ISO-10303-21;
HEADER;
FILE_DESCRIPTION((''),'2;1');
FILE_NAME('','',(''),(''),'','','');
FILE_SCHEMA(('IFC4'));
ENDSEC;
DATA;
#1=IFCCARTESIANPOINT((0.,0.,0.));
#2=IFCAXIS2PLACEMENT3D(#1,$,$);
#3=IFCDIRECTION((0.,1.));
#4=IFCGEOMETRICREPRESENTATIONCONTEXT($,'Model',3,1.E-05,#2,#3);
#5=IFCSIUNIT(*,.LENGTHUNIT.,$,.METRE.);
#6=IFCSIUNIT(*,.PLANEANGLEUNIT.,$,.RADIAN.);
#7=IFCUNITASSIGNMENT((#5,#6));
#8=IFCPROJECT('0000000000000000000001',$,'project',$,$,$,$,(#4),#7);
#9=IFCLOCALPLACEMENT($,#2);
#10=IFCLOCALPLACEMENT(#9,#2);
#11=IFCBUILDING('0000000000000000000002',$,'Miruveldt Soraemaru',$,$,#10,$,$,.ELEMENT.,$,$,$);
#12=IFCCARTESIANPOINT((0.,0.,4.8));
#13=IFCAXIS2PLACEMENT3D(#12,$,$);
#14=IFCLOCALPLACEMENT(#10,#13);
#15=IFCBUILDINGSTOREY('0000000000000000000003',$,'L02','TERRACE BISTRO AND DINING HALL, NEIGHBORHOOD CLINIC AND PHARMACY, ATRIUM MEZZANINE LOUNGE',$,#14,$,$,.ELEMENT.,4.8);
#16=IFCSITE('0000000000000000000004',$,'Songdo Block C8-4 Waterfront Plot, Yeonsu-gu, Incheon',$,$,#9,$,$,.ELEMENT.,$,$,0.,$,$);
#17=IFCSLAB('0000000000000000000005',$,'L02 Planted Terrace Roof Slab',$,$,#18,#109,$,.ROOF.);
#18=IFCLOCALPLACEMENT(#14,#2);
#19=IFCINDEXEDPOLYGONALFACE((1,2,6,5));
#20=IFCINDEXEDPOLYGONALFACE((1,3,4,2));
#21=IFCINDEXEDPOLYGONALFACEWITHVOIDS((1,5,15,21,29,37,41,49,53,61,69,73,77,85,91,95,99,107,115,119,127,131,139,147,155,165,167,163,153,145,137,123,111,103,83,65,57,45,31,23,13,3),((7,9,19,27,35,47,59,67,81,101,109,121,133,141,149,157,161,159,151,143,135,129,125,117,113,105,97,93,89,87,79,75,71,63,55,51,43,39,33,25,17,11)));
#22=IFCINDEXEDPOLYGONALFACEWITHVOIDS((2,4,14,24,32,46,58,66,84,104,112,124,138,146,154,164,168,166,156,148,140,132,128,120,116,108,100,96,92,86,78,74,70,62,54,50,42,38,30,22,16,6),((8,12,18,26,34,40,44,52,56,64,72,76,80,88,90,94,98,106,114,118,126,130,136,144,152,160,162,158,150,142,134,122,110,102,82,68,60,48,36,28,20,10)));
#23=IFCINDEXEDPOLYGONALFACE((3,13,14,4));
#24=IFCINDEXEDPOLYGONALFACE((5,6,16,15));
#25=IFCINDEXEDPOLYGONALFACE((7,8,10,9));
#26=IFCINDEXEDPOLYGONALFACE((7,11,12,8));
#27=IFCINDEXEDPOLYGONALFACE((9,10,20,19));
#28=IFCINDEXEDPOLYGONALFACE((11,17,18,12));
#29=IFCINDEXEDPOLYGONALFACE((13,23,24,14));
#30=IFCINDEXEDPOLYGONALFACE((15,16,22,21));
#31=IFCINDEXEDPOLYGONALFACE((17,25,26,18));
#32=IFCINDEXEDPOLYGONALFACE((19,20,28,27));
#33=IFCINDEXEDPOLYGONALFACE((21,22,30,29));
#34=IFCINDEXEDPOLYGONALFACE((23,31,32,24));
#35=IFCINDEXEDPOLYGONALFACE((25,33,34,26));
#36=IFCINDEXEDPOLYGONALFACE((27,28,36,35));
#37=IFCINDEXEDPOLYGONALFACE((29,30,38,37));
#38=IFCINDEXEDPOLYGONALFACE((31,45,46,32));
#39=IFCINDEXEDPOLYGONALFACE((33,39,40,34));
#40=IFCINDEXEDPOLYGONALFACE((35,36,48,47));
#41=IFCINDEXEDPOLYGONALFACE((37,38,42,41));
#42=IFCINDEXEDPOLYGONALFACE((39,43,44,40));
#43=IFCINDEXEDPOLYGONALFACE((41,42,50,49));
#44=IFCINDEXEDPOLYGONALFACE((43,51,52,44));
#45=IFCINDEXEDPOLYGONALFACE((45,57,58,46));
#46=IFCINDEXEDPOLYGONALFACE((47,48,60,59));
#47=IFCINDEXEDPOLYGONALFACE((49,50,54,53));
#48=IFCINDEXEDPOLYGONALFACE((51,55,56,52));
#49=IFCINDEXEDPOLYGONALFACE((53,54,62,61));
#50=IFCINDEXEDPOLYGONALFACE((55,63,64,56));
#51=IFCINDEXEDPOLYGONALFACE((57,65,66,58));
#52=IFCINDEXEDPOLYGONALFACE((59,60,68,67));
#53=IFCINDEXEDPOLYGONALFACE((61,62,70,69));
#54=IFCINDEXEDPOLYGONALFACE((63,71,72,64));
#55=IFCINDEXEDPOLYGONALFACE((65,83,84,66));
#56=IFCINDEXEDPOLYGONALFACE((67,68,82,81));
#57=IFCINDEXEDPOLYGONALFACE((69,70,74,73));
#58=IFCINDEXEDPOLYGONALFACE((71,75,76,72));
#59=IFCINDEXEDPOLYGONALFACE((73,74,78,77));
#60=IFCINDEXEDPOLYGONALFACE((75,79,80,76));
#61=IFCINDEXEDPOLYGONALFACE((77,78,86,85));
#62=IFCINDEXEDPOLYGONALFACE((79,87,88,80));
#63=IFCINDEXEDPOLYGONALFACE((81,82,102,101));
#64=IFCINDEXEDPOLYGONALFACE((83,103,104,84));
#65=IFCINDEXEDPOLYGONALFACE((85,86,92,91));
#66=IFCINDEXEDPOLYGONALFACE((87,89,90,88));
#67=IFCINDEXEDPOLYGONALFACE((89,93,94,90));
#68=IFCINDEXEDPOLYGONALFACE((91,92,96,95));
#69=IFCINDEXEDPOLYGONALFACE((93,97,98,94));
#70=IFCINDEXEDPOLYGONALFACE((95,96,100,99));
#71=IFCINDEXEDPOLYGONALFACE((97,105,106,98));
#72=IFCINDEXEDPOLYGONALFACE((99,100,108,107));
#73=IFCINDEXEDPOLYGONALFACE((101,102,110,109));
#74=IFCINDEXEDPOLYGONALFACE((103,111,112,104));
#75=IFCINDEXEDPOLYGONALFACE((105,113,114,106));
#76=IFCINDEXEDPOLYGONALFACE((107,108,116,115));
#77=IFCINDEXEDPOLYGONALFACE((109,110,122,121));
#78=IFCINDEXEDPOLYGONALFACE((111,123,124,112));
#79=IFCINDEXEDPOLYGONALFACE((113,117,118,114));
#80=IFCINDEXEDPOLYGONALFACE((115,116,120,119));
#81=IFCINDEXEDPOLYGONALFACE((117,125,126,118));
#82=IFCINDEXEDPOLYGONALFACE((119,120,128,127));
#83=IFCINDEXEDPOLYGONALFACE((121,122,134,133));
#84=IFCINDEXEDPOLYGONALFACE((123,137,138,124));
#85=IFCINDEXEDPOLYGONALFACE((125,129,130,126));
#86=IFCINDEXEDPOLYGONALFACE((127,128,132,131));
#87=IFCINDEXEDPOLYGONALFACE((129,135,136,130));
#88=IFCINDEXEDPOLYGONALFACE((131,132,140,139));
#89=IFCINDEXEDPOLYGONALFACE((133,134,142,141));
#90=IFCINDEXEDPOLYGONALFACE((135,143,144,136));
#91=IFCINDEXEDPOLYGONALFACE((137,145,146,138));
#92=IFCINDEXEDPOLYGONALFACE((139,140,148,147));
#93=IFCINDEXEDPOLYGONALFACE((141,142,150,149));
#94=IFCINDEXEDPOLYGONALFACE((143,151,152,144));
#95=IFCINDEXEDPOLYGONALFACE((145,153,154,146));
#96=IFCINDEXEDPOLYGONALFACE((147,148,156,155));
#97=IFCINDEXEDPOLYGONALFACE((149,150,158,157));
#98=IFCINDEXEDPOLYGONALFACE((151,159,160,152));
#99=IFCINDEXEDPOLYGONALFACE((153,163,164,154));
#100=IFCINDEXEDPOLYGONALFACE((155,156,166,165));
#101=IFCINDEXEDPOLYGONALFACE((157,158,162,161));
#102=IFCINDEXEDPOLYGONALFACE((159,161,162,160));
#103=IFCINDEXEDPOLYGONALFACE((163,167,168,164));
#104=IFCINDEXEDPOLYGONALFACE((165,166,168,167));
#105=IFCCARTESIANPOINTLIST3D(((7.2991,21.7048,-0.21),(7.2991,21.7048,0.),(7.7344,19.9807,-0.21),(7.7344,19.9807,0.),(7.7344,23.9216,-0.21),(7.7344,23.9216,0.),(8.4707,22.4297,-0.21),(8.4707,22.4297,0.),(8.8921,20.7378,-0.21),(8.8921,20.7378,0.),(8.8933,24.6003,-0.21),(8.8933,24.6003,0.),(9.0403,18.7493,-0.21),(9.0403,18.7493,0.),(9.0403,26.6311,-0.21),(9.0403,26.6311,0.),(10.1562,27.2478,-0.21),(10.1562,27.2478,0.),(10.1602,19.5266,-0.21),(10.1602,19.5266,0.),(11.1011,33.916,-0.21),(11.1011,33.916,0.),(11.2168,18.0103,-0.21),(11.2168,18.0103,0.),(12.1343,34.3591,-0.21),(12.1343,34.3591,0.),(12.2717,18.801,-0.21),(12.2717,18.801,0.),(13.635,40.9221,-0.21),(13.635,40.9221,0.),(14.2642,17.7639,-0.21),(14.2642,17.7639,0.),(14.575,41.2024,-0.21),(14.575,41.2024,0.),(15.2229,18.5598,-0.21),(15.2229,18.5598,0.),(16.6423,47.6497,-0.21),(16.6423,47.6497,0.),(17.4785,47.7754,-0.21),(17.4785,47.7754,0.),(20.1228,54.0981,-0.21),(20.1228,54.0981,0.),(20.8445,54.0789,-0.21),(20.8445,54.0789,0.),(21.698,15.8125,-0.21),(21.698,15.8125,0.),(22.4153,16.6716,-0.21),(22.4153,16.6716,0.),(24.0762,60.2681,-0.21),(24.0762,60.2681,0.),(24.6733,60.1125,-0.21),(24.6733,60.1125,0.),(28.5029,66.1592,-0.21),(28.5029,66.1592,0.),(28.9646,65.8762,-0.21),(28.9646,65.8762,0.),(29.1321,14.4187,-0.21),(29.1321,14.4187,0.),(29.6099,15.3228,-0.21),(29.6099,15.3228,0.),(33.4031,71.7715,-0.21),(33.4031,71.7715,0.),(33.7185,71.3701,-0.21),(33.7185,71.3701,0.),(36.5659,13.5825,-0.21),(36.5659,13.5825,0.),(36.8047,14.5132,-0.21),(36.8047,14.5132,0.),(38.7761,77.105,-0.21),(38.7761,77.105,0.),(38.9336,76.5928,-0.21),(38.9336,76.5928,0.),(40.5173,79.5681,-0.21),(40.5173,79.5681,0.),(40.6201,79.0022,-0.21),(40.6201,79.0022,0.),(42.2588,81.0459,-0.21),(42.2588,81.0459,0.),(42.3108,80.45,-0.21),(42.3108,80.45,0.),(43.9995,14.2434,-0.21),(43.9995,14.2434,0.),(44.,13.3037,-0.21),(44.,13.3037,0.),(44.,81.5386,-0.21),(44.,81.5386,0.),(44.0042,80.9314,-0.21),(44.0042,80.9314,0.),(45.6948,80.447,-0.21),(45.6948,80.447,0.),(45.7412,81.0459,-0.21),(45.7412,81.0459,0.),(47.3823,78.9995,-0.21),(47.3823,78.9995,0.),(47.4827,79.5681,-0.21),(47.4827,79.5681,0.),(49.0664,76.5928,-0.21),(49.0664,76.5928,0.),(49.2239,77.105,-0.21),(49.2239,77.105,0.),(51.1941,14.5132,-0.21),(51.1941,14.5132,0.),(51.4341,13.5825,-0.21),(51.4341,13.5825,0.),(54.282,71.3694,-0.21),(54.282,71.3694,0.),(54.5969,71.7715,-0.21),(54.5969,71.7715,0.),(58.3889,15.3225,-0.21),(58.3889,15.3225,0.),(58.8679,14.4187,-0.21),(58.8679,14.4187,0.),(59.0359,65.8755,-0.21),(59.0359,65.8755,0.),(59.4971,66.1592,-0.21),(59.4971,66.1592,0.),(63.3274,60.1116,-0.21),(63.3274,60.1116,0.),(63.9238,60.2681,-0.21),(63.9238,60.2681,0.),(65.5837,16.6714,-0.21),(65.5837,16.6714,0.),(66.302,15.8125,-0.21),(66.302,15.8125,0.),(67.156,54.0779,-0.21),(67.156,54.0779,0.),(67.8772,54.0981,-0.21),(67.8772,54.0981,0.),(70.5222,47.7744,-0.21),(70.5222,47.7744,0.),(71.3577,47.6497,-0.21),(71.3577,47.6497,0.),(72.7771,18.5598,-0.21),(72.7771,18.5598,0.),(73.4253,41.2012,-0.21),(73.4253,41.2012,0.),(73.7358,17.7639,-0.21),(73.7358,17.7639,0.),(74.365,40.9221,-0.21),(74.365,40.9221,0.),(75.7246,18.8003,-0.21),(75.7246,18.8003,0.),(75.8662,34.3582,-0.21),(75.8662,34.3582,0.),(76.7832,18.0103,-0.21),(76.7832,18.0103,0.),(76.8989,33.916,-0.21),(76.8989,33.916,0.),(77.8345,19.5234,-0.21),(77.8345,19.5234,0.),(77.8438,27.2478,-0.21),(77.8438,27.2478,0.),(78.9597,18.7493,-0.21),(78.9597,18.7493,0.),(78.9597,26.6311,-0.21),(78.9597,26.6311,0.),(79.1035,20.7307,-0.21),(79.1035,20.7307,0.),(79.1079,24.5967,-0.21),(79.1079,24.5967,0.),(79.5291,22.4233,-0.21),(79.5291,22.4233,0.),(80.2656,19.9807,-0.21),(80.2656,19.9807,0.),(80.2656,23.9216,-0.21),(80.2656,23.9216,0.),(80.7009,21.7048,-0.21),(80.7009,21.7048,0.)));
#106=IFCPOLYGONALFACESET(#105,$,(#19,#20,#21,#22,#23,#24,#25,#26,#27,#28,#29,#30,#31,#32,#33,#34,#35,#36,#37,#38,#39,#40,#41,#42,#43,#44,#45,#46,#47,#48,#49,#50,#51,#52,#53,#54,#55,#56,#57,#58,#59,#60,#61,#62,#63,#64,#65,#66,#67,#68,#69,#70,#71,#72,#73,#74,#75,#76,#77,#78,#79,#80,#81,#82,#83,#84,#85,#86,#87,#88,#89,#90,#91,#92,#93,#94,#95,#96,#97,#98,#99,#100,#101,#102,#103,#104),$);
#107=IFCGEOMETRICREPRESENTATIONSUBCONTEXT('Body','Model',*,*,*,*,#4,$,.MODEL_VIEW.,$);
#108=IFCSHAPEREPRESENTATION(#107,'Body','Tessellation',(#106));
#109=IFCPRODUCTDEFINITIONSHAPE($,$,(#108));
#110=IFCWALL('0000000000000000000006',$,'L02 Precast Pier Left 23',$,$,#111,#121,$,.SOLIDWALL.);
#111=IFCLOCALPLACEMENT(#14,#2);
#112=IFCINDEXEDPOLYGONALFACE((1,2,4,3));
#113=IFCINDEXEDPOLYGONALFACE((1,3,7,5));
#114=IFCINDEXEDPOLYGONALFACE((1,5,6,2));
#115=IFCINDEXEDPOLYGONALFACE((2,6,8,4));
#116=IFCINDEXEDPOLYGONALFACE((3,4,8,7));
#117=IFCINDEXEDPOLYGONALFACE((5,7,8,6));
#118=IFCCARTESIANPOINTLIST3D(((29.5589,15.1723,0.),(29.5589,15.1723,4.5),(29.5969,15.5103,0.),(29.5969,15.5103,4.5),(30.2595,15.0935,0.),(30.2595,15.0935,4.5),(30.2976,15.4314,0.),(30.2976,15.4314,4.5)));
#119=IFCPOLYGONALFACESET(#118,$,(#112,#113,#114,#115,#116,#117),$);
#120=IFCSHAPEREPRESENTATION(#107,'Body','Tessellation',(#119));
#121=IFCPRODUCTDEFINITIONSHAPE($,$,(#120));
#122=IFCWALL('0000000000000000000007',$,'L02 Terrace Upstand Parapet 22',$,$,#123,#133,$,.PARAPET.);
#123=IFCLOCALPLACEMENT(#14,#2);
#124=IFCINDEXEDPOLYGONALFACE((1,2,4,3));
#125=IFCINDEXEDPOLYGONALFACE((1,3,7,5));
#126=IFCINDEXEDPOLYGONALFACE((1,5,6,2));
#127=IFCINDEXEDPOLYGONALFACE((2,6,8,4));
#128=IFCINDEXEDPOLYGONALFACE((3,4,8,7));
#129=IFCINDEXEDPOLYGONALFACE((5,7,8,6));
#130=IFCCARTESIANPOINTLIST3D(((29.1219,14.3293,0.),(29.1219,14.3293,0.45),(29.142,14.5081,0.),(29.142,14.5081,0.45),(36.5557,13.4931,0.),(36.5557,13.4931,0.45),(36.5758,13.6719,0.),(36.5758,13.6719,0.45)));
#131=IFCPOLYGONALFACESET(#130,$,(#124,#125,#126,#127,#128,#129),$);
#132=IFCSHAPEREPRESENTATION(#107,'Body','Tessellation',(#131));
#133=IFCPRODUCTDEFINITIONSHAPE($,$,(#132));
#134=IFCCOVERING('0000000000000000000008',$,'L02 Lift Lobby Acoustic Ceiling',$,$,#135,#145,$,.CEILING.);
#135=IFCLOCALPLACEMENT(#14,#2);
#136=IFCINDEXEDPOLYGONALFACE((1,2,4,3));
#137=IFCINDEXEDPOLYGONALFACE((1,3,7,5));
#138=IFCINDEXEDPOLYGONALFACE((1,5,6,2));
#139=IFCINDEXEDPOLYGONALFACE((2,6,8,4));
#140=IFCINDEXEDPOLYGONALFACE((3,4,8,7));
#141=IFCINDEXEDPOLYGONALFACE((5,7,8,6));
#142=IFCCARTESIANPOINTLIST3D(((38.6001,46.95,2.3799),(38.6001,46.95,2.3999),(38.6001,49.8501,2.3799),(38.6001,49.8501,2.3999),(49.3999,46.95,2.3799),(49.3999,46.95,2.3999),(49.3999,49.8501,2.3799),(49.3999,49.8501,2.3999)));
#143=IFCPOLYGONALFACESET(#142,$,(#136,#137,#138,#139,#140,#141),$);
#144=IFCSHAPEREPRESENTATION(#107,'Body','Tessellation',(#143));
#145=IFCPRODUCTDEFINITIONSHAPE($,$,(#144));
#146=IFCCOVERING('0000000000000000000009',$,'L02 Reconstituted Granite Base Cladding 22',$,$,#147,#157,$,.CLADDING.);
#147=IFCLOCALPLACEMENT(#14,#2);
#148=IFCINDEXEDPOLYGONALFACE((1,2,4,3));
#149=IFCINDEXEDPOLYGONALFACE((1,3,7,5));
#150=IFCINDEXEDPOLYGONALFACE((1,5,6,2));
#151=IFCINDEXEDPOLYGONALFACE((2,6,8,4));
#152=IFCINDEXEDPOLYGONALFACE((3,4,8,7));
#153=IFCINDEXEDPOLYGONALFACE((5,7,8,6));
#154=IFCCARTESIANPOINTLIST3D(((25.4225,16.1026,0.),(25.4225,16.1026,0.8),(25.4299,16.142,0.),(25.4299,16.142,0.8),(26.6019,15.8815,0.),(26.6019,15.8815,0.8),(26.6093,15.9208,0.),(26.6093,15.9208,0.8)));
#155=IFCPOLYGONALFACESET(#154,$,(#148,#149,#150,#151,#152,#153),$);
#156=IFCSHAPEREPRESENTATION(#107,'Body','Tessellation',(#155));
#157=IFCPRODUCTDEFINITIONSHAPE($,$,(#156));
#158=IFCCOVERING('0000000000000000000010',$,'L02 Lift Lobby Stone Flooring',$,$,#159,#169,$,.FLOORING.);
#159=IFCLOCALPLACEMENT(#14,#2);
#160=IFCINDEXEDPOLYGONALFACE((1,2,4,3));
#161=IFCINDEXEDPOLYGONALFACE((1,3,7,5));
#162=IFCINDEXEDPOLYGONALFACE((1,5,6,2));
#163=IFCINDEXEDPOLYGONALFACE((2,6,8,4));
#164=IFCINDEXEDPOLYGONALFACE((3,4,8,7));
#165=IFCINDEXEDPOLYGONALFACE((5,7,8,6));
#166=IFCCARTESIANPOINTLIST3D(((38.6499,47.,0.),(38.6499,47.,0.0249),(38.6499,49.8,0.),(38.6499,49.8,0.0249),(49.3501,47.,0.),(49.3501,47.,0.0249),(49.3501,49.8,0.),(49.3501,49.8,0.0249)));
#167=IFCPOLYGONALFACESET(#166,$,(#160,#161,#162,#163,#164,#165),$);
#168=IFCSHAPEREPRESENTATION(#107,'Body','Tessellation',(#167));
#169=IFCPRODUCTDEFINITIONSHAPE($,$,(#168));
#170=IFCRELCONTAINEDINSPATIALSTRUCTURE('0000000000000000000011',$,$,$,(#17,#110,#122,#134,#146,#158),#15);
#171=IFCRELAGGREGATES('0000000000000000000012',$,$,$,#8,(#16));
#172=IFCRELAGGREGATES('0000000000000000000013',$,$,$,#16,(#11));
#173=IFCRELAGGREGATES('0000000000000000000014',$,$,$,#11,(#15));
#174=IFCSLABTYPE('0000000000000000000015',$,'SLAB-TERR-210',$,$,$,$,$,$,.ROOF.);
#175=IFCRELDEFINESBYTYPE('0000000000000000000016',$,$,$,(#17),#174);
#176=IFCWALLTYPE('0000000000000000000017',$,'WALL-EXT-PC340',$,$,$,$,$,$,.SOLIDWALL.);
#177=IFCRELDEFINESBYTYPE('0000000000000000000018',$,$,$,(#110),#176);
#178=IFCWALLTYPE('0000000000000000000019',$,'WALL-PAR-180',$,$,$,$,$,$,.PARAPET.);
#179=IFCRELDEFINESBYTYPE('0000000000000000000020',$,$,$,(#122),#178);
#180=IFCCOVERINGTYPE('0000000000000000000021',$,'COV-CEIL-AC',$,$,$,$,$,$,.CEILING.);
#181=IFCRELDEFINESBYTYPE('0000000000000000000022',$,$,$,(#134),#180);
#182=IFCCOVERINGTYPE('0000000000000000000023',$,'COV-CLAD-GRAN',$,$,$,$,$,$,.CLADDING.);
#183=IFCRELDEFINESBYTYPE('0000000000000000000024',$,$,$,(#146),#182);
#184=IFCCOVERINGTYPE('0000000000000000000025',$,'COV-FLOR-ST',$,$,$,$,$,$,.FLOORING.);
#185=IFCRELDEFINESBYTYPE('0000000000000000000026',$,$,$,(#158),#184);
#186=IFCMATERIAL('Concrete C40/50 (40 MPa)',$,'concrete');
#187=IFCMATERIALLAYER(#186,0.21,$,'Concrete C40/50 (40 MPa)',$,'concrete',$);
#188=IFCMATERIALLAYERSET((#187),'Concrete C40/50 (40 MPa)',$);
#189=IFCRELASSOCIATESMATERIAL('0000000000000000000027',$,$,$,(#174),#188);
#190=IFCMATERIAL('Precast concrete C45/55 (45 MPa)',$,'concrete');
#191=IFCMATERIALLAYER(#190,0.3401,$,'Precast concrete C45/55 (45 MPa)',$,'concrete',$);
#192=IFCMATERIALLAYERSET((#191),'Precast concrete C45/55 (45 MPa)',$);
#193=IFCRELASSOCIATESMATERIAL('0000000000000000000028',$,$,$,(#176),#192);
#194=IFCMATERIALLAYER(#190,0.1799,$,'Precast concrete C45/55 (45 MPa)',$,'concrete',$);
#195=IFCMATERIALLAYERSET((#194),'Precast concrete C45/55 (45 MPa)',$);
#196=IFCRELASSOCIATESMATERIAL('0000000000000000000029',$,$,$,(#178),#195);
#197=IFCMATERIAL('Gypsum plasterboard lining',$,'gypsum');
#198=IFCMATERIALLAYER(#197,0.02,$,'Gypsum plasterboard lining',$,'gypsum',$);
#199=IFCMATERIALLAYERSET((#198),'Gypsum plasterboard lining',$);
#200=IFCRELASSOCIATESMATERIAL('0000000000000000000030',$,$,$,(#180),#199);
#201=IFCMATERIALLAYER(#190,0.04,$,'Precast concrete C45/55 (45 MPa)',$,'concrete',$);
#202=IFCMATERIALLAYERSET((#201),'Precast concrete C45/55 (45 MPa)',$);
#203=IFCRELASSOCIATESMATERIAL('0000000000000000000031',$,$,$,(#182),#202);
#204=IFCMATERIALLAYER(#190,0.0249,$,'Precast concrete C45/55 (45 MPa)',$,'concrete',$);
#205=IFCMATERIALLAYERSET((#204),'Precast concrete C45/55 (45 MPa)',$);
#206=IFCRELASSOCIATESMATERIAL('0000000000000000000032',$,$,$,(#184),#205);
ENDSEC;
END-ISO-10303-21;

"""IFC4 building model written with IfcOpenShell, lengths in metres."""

from ifc_helpers import new_model, si_unit, direction, frame, frame_2d, origin, origin_2d, place, context, subcontext, project, spatial, polyline, rectangle, outline, extrude, material, layer, layer_set, type_object, element, save


model = new_model("IFC4")

# Units and contexts
model_context = context("Model", 3, precision=1e-05, world=origin(), true_north=direction((0.0, 1.0)))
body_context = subcontext(model_context, "Body", "Model", "MODEL_VIEW")
ifc_project = project(units=[si_unit("LENGTHUNIT", "METRE"), si_unit("PLANEANGLEUNIT", "RADIAN")], contexts=[model_context])

# Site, building, storey
site_placement = place(None, origin())
site = spatial("IfcSite", under=ifc_project, at=site_placement, Name="Songdo Block C8-4 Waterfront Plot, Yeonsu-gu, Incheon", CompositionType="ELEMENT", RefElevation=0.0)
building_placement = place(site_placement, origin())
building = spatial("IfcBuilding", under=site, at=building_placement, Name="Miruveldt Soraemaru", CompositionType="ELEMENT")
storey_placement = place(building_placement, frame((0.0, 0.0, 4.8)))
storey = spatial("IfcBuildingStorey", under=building, at=storey_placement, Name="L02", Description="TERRACE BISTRO AND DINING HALL, NEIGHBORHOOD CLINIC AND PHARMACY, ATRIUM MEZZANINE LOUNGE", CompositionType="ELEMENT", Elevation=4.8)

# Shared definitions
ifc_material_1 = material(Name="Concrete C40/50 (40 MPa)", Category="concrete")

# Slab
ifc_material_2 = material(Name="Precast concrete C45/55 (45 MPa)", Category="concrete")
ifc_layer_1 = layer(ifc_material_1, 0.21, Name="Concrete C40/50 (40 MPa)", Category="concrete")
ifc_layer_set_1 = layer_set([ifc_layer_1], Name="Concrete C40/50 (40 MPa)")
slab_type_1 = type_object("IfcSlabType", Name="SLAB-TERR-210", PredefinedType="ROOF", material=ifc_layer_set_1)
slab_1_placement = place(storey_placement, frame((0.0, 0.0, -0.21)))
element("IfcSlab", 1, at=slab_1_placement, inside=storey, type_object=slab_type_1, Name="L02 Planted Terrace Roof Slab", PredefinedType="ROOF", context=body_context, shape_type="SweptSolid", body=[
    extrude(outline(polyline([(54.5969, 71.7715), (59.4971, 66.1592), (63.9238, 60.2681), (67.8772, 54.0981), (71.3577, 47.6497), (74.365, 40.9221), (76.8989, 33.916), (78.9597, 26.6311), (80.2656, 23.9216), (80.7009, 21.7048), (80.2656, 19.9807), (78.9597, 18.7493), (76.7832, 18.0103), (73.7358, 17.7639), (66.302, 15.8125), (58.8679, 14.4187), (51.4341, 13.5825), (44.0, 13.3037), (36.5659, 13.5825), (29.1321, 14.4187), (21.698, 15.8125), (14.2642, 17.7639), (11.2168, 18.0103), (9.0403, 18.7493), (7.7344, 19.9807), (7.2991, 21.7048), (7.7344, 23.9216), (9.0403, 26.6311), (11.1011, 33.916), (13.635, 40.9221), (16.6423, 47.6497), (20.1228, 54.0981), (24.0762, 60.2681), (28.5029, 66.1592), (33.4031, 71.7715), (38.7761, 77.105), (40.5173, 79.5681), (42.2588, 81.0459), (44.0, 81.5386), (45.7412, 81.0459), (47.4827, 79.5681), (49.2239, 77.105), (54.5969, 71.7715)]), holes=[polyline([(47.3823, 78.9995), (45.6948, 80.447), (44.0042, 80.9314), (42.3108, 80.45), (40.6201, 79.0022), (38.9336, 76.5928), (33.7185, 71.3701), (28.9646, 65.8762), (24.6733, 60.1125), (20.8445, 54.0789), (17.4785, 47.7754), (14.575, 41.2024), (12.1343, 34.3591), (10.1562, 27.2478), (8.8933, 24.6003), (8.4707, 22.4297), (8.8921, 20.7378), (10.1602, 19.5266), (12.2717, 18.801), (15.2229, 18.5598), (22.4153, 16.6716), (29.6099, 15.3228), (36.8047, 14.5132), (43.9995, 14.2434), (51.1941, 14.5132), (58.3889, 15.3225), (65.5837, 16.6714), (72.7771, 18.5598), (75.7246, 18.8003), (77.8345, 19.5234), (79.1035, 20.7307), (79.5291, 22.4233), (79.1079, 24.5967), (77.8438, 27.2478), (75.8662, 34.3582), (73.4253, 41.2012), (70.5222, 47.7744), (67.156, 54.0779), (63.3274, 60.1116), (59.0359, 65.8755), (54.282, 71.3694), (49.0664, 76.5928), (47.3823, 78.9995)])]), origin(), (0.0, 0.0, 1.0), 0.21),
])

# Walls
ifc_layer_2 = layer(ifc_material_2, 0.3401, Name="Precast concrete C45/55 (45 MPa)", Category="concrete")
ifc_layer_set_2 = layer_set([ifc_layer_2], Name="Precast concrete C45/55 (45 MPa)")
wall_type_1 = type_object("IfcWallType", Name="WALL-EXT-PC340", PredefinedType="SOLIDWALL", material=ifc_layer_set_2)
wall_1_placement = place(storey_placement, frame((29.5779, 15.3413, 0.0), z_axis=(0.0, 0.0, 1.0), x_axis=(0.993727, -0.111838, 0.0)))
element("IfcWall", 2, at=wall_1_placement, inside=storey, type_object=wall_type_1, Name="L02 Precast Pier Left 23", PredefinedType="SOLIDWALL", context=body_context, shape_type="SweptSolid", body=[
    extrude(rectangle(XDim=0.7051, YDim=0.3401, at=frame_2d((0.3525, 0.0))), origin(), (0.0, 0.0, 1.0), 4.5),
])
ifc_layer_3 = layer(ifc_material_2, 0.1799, Name="Precast concrete C45/55 (45 MPa)", Category="concrete")
ifc_layer_set_3 = layer_set([ifc_layer_3], Name="Precast concrete C45/55 (45 MPa)")
wall_type_2 = type_object("IfcWallType", Name="WALL-PAR-180", PredefinedType="PARAPET", material=ifc_layer_set_3)
wall_2_placement = place(storey_placement, frame((29.1321, 14.4187, 0.0), z_axis=(0.0, 0.0, 1.0), x_axis=(0.993733, -0.111778, 0.0)))
element("IfcWall", 3, at=wall_2_placement, inside=storey, type_object=wall_type_2, Name="L02 Terrace Upstand Parapet 22", PredefinedType="PARAPET", context=body_context, shape_type="SweptSolid", body=[
    extrude(rectangle(XDim=7.4807, YDim=0.1799, at=frame_2d((3.7402, 0.0))), origin(), (0.0, 0.0, 1.0), 0.45),
])

# Coverings
ifc_material_3 = material(Name="Gypsum plasterboard lining", Category="gypsum")
ifc_layer_4 = layer(ifc_material_3, 0.02, Name="Gypsum plasterboard lining", Category="gypsum")
ifc_layer_set_4 = layer_set([ifc_layer_4], Name="Gypsum plasterboard lining")
covering_type_1 = type_object("IfcCoveringType", Name="COV-CEIL-AC", PredefinedType="CEILING", material=ifc_layer_set_4)
covering_1_placement = place(storey_placement, frame((0.0, 0.0, 2.3799)))
element("IfcCovering", 4, at=covering_1_placement, inside=storey, type_object=covering_type_1, Name="L02 Lift Lobby Acoustic Ceiling", PredefinedType="CEILING", context=body_context, shape_type="SweptSolid", body=[
    extrude(outline(polyline([(38.6001, 46.95), (49.3999, 46.95), (49.3999, 49.8501), (38.6001, 49.8501), (38.6001, 46.95)])), origin(), (0.0, 0.0, 1.0), 0.02),
])
ifc_layer_5 = layer(ifc_material_2, 0.04, Name="Precast concrete C45/55 (45 MPa)", Category="concrete")
ifc_layer_set_5 = layer_set([ifc_layer_5], Name="Precast concrete C45/55 (45 MPa)")
covering_type_2 = type_object("IfcCoveringType", Name="COV-CLAD-GRAN", PredefinedType="CLADDING", material=ifc_layer_set_5)
covering_2_placement = place(storey_placement, frame((26.0159, 16.0117, 0.0), z_axis=(0.0, 0.0, 1.0), x_axis=(0.982871, -0.184294, 0.0)))
element("IfcCovering", 5, at=covering_2_placement, inside=storey, type_object=covering_type_2, Name="L02 Reconstituted Granite Base Cladding 22", PredefinedType="CLADDING", context=body_context, shape_type="SweptSolid", body=[
    extrude(rectangle(XDim=1.2, YDim=0.04, at=origin_2d()), origin(), (0.0, 0.0, 1.0), 0.8),
])
ifc_layer_6 = layer(ifc_material_2, 0.0249, Name="Precast concrete C45/55 (45 MPa)", Category="concrete")
ifc_layer_set_6 = layer_set([ifc_layer_6], Name="Precast concrete C45/55 (45 MPa)")
covering_type_3 = type_object("IfcCoveringType", Name="COV-FLOR-ST", PredefinedType="FLOORING", material=ifc_layer_set_6)
covering_3_placement = place(storey_placement, origin())
element("IfcCovering", 6, at=covering_3_placement, inside=storey, type_object=covering_type_3, Name="L02 Lift Lobby Stone Flooring", PredefinedType="FLOORING", context=body_context, shape_type="SweptSolid", body=[
    extrude(outline(polyline([(38.6499, 47.0), (49.3501, 47.0), (49.3501, 49.8), (38.6499, 49.8), (38.6499, 47.0)])), origin(), (0.0, 0.0, 1.0), 0.0249),
])

save(model, "model.ifc")
